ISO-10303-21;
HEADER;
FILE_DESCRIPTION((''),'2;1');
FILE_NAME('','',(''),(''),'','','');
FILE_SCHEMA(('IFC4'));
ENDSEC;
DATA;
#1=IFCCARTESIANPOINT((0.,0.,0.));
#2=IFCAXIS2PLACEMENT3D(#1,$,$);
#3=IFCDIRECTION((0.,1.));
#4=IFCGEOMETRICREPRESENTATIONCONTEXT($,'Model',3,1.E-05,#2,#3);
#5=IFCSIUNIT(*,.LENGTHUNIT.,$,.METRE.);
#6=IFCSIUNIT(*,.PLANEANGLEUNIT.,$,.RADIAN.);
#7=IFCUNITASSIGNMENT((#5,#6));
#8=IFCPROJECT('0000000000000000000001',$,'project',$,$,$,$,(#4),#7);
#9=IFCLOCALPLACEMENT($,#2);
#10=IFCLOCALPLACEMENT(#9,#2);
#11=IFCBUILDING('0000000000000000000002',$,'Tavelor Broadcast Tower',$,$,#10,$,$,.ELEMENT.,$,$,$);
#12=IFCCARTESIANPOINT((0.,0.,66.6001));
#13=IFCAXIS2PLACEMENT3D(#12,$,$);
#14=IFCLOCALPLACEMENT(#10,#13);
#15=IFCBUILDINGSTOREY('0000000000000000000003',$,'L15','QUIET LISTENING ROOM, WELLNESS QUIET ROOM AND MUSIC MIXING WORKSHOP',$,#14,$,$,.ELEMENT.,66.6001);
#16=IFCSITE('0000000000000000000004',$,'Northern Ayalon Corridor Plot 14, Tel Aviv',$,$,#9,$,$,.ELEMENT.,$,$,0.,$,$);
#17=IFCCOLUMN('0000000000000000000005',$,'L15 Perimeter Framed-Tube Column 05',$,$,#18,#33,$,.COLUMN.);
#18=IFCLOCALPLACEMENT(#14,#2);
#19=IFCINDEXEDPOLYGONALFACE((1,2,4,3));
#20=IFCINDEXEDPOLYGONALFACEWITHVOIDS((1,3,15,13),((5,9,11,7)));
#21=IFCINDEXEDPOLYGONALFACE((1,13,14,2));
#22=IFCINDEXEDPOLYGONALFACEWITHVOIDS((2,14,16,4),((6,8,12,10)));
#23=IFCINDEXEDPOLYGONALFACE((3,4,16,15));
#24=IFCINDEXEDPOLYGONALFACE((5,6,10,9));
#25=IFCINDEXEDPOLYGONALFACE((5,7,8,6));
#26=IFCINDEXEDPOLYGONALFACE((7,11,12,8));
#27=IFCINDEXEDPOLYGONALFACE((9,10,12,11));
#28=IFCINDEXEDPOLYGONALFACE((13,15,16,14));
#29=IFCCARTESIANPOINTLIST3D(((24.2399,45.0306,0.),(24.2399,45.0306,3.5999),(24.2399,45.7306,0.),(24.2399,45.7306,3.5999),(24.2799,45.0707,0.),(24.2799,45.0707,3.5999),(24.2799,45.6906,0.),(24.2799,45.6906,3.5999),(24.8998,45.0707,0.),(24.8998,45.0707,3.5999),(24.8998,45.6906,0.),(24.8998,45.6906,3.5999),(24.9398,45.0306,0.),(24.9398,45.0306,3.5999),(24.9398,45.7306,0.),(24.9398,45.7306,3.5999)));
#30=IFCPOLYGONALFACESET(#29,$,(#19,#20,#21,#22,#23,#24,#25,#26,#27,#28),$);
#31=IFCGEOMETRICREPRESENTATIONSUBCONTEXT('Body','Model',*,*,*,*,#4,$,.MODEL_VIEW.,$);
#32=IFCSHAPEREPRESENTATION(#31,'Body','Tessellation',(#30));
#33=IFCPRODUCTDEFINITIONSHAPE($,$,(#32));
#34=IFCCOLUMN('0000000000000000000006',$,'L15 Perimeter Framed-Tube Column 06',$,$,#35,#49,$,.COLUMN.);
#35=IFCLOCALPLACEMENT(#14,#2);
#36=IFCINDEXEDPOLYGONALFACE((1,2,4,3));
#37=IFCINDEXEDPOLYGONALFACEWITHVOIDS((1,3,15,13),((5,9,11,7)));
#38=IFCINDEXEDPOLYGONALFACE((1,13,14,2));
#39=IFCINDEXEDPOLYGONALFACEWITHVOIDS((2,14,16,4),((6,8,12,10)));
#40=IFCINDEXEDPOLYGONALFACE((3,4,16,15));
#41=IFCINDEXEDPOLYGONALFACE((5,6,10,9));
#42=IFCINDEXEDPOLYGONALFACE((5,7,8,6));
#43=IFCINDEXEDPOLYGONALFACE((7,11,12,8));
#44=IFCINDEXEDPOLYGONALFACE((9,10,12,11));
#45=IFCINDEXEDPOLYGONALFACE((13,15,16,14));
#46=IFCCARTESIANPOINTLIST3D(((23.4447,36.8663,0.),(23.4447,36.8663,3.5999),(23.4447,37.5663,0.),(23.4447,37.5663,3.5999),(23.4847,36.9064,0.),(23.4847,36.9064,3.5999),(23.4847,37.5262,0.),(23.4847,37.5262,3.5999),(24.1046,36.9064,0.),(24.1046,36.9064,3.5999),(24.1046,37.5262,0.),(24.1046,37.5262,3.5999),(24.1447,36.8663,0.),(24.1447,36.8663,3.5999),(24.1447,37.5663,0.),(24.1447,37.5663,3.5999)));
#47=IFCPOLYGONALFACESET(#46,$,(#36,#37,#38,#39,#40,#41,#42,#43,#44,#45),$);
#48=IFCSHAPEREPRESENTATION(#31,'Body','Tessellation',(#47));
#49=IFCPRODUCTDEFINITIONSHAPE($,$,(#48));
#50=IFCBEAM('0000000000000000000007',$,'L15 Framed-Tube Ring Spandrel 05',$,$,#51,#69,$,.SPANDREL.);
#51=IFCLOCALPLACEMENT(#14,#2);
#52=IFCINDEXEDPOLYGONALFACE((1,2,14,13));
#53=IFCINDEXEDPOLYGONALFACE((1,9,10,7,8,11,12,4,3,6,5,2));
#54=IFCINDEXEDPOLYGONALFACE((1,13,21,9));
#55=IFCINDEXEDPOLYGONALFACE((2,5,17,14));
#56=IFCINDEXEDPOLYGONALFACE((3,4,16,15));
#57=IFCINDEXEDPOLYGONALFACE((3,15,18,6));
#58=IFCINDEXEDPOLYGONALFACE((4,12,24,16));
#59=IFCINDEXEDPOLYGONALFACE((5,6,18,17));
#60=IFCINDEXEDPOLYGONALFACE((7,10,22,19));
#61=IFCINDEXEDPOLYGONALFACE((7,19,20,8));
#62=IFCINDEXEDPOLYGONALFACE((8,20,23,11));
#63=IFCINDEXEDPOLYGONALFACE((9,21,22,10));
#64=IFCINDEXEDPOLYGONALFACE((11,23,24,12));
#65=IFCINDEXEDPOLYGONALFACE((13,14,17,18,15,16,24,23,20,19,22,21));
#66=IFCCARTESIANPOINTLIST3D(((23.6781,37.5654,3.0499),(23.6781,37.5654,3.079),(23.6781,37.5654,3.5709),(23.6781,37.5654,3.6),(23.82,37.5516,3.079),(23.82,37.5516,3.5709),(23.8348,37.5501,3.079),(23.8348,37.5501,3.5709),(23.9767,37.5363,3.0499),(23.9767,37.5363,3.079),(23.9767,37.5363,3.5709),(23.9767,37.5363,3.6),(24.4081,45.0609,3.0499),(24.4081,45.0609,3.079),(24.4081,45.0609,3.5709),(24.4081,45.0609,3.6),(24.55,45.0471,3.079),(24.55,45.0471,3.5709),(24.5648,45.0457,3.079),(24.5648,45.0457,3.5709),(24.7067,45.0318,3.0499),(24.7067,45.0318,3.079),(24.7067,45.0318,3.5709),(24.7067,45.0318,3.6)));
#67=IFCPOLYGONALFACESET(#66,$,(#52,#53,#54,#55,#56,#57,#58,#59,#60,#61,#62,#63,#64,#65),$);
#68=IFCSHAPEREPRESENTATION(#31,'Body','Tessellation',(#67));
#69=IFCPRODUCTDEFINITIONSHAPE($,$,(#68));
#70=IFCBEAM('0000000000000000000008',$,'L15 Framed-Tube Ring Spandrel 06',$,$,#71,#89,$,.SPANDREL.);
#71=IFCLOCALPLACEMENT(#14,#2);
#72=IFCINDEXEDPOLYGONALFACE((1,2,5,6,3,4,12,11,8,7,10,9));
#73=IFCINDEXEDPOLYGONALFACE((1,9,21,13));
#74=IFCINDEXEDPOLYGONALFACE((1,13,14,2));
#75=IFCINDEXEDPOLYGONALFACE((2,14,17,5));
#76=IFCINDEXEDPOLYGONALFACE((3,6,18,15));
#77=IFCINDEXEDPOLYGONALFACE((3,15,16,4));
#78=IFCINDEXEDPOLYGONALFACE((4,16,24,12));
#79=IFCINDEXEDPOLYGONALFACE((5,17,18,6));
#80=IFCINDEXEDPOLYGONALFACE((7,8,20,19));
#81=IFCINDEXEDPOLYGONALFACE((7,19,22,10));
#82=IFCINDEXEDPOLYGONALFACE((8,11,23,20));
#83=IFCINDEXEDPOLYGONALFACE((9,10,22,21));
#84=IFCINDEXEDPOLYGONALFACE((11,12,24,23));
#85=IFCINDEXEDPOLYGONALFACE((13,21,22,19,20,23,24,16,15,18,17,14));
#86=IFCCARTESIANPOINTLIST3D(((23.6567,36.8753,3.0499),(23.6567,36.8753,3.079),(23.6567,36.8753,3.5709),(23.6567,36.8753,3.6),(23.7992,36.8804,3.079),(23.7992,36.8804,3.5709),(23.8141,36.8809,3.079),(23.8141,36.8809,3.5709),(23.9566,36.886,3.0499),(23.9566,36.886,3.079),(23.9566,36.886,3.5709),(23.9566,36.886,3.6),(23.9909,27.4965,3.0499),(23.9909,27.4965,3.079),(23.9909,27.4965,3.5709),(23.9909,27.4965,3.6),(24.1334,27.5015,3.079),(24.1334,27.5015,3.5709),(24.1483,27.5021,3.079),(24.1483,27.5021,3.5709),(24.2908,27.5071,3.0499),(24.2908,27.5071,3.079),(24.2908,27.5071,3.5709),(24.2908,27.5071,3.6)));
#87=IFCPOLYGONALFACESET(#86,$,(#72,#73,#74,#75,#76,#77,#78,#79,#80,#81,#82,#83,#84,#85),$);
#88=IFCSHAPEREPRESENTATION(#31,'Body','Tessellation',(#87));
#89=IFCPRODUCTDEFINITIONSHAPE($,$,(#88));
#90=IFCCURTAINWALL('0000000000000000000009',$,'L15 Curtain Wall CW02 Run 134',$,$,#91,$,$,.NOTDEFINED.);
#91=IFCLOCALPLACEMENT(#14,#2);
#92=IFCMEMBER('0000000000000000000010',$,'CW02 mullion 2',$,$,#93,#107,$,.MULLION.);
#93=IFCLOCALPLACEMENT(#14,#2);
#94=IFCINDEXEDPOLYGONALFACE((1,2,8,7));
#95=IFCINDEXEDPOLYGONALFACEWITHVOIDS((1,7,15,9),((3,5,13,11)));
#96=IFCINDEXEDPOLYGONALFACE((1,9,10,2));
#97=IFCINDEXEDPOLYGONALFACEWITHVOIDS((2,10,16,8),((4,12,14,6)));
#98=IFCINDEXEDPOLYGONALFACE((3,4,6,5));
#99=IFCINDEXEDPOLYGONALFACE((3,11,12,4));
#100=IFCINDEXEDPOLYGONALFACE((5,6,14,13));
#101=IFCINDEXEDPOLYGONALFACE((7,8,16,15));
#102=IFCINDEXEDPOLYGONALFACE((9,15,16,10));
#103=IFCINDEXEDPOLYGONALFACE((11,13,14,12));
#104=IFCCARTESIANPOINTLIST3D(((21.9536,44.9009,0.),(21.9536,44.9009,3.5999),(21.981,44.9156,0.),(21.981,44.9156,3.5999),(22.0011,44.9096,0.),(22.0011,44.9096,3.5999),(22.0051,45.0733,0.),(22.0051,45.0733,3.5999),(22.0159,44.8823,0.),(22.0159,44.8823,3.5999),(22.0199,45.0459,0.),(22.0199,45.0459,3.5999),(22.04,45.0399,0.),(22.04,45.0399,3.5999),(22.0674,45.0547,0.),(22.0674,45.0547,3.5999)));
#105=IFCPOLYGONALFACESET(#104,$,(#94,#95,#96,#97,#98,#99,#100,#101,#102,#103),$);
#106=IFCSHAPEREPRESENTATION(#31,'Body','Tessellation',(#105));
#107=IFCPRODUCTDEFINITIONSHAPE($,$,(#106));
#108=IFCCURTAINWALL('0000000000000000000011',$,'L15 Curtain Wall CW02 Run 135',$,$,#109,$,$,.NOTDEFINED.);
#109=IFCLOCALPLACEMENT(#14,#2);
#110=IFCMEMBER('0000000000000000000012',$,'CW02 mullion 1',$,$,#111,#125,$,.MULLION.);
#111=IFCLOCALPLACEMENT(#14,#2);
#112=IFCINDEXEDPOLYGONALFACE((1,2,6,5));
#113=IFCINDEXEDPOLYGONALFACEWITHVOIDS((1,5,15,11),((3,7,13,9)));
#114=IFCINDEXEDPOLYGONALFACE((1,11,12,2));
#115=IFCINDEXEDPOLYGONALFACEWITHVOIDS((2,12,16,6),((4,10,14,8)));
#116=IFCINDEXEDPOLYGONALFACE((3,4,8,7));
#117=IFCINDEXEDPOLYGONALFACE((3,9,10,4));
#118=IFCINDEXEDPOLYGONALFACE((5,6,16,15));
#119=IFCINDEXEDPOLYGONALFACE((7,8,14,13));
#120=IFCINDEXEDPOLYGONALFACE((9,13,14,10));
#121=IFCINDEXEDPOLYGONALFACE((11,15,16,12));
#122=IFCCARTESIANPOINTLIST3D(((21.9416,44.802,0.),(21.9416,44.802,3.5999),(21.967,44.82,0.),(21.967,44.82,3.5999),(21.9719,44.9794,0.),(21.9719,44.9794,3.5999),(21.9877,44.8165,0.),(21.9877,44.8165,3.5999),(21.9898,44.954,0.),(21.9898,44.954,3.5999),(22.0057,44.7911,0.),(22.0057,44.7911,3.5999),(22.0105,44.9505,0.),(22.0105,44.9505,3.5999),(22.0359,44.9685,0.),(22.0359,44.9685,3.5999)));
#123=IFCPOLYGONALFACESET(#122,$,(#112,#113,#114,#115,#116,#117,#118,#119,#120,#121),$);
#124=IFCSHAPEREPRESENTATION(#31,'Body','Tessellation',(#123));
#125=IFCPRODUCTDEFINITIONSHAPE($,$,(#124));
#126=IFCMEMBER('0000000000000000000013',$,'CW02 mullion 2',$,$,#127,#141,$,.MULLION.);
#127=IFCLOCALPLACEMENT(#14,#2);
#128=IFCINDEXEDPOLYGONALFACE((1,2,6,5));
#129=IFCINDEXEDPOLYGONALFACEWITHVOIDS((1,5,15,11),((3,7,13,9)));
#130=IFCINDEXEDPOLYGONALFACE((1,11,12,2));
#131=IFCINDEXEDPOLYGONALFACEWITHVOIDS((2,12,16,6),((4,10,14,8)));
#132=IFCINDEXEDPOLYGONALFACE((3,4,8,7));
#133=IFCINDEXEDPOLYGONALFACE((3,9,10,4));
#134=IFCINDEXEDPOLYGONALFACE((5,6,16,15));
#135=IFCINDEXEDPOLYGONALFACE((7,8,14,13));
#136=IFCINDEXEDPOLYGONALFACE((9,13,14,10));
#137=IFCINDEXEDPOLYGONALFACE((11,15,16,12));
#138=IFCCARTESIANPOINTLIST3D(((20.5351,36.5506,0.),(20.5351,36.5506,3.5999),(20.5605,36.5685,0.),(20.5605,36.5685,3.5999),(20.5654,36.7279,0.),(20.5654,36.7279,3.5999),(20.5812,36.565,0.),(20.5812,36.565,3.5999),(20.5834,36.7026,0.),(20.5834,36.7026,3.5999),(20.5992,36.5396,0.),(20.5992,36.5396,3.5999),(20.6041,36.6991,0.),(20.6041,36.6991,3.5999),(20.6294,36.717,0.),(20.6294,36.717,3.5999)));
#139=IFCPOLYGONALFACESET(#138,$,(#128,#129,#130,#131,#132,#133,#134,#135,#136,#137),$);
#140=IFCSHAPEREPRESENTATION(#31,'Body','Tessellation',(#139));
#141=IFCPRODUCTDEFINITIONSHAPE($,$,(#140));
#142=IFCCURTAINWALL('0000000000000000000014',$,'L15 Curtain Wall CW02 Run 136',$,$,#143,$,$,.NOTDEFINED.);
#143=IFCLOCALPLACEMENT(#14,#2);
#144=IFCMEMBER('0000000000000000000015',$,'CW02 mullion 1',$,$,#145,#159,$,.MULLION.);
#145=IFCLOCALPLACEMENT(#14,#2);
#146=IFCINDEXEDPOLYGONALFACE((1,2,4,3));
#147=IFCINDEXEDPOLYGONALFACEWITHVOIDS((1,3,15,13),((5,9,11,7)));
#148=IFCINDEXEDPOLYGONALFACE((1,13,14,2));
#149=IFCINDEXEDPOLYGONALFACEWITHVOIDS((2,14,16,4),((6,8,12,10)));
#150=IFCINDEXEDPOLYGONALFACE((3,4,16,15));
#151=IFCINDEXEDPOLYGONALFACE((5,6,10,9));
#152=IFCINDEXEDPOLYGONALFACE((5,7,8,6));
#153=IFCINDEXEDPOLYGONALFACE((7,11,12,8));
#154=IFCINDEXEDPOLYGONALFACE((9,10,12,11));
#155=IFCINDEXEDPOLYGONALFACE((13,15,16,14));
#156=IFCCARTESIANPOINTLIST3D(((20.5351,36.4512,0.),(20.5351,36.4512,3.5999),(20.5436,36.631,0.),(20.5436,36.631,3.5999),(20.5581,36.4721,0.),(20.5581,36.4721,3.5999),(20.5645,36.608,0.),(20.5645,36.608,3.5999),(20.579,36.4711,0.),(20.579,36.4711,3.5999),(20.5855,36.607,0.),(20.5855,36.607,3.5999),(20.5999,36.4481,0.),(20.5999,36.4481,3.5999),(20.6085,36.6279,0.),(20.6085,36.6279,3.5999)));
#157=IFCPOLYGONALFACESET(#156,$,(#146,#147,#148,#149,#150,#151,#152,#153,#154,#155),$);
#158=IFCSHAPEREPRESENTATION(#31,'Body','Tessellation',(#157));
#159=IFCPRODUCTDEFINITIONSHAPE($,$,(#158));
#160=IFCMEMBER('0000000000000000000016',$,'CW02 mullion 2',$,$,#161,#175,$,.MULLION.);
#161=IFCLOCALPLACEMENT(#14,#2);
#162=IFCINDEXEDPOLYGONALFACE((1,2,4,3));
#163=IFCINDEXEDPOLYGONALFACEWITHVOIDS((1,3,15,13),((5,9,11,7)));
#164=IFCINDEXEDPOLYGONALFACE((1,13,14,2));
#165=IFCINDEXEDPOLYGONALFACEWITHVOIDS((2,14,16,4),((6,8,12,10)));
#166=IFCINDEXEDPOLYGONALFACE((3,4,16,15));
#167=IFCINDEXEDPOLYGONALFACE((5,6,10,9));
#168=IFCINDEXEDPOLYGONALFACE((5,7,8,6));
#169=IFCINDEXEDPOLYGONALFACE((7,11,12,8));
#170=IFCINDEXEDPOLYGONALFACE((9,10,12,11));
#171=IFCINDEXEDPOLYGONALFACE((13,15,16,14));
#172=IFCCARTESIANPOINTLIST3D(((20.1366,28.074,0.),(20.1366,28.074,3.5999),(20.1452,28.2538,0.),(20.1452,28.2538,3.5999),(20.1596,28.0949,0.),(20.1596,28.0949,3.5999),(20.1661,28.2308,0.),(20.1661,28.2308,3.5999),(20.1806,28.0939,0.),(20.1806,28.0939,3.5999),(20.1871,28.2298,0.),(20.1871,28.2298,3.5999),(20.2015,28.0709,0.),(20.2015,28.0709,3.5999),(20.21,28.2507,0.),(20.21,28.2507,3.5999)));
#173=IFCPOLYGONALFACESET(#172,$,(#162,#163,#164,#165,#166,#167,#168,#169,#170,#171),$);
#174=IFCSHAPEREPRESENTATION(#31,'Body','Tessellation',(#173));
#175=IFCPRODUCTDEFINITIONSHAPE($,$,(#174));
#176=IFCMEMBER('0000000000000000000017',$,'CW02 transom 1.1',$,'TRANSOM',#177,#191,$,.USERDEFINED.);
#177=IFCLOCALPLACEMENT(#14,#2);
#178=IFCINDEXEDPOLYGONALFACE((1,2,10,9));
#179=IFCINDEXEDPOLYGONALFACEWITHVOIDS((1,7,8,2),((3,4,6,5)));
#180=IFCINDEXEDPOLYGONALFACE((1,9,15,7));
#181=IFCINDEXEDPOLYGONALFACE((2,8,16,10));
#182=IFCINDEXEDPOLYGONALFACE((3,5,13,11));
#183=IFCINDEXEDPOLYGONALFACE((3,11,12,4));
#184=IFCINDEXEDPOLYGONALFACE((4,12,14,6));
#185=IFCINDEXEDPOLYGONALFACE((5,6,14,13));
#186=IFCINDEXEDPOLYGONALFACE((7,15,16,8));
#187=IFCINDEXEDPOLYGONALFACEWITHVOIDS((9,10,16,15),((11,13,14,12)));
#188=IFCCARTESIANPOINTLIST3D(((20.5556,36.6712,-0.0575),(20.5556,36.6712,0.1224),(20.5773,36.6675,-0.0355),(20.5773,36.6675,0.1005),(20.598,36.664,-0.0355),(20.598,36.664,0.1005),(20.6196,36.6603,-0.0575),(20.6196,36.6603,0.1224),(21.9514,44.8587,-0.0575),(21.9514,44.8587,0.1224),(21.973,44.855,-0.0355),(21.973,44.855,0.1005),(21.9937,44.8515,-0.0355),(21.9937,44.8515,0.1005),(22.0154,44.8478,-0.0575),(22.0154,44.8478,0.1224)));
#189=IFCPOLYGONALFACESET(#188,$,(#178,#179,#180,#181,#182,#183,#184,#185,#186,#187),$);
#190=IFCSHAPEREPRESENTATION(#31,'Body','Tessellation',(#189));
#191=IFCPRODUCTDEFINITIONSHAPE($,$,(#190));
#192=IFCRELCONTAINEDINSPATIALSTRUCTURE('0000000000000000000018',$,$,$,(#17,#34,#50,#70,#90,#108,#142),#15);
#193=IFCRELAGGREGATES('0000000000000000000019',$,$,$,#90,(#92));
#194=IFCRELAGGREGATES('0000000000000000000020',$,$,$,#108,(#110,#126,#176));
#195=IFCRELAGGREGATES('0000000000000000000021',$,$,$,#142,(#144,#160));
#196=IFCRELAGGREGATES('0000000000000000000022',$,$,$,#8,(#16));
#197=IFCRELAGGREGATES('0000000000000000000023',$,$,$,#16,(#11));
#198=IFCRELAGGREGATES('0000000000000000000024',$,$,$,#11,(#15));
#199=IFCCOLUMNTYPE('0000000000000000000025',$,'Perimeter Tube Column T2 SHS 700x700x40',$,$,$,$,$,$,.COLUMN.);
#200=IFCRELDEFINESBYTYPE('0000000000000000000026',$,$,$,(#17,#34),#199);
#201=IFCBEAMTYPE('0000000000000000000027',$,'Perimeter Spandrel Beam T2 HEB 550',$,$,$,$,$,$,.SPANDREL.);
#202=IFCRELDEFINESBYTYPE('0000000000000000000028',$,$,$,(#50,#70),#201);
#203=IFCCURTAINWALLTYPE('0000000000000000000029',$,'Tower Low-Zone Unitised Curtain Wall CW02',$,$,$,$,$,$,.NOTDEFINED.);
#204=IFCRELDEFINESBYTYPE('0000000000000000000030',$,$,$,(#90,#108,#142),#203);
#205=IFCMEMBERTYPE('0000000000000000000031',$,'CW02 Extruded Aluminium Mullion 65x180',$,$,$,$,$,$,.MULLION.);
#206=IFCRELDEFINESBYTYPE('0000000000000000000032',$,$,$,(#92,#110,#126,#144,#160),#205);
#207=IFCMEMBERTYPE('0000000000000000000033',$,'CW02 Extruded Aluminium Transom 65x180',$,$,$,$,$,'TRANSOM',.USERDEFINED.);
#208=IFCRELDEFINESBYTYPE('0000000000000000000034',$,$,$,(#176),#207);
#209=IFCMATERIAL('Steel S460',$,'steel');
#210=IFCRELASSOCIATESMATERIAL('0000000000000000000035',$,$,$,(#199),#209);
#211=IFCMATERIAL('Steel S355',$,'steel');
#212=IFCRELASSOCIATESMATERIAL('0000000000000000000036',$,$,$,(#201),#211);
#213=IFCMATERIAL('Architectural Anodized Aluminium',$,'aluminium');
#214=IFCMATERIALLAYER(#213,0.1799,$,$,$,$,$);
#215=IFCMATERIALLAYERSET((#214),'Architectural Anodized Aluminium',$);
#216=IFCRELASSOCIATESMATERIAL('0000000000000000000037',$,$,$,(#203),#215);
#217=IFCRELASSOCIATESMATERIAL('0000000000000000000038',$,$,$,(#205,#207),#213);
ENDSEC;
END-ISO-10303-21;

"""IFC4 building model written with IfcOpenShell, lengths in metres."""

from ifc_helpers import new_model, si_unit, direction, frame, origin, origin_2d, place, context, subcontext, project, spatial, hollow_rectangle, i_section, extrude, source, transform, mapped, material, layer, layer_set, material_profile, profile_set, type_object, type_shapes, element, aggregate, save


model = new_model("IFC4")

# Units and contexts
model_context = context("Model", 3, precision=1e-05, world=origin(), true_north=direction((0.0, 1.0)))
body_context = subcontext(model_context, "Body", "Model", "MODEL_VIEW")
ifc_project = project(units=[si_unit("LENGTHUNIT", "METRE"), si_unit("PLANEANGLEUNIT", "RADIAN")], contexts=[model_context])

# Site, building, storey
site_placement = place(None, origin())
site = spatial("IfcSite", under=ifc_project, at=site_placement, Name="Northern Ayalon Corridor Plot 14, Tel Aviv", CompositionType="ELEMENT", RefElevation=0.0)
building_placement = place(site_placement, origin())
building = spatial("IfcBuilding", under=site, at=building_placement, Name="Tavelor Broadcast Tower", CompositionType="ELEMENT")
storey_placement = place(building_placement, frame((0.0, 0.0, 66.6001)))
storey = spatial("IfcBuildingStorey", under=building, at=storey_placement, Name="L15", Description="QUIET LISTENING ROOM, WELLNESS QUIET ROOM AND MUSIC MIXING WORKSHOP", CompositionType="ELEMENT", Elevation=66.6001)

# Columns
ifc_material_1 = material(Name="Steel S460", Category="steel")
ifc_material_profile_1 = material_profile(ifc_material_1, hollow_rectangle(XDim=0.7, YDim=0.7, WallThickness=0.04, at=origin_2d()), Name="SHS 700x700x40")
ifc_profile_set_1 = profile_set([ifc_material_profile_1], Name="Steel S460")
column_type = type_object("IfcColumnType", Name="Perimeter Tube Column T2 SHS 700x700x40", PredefinedType="COLUMN", material=ifc_profile_set_1)
for number, where, z_axis, x_axis, name in (
    (1, (24.5898, 45.3806, 0.0), (0.0, 0.0, 1.0), (1.0, 0.0, 0.0), "L15 Perimeter Framed-Tube Column 05"),
    (2, (23.7947, 37.2163, 0.0), (0.0, 0.0, 1.0), (1.0, 0.0, 0.0), "L15 Perimeter Framed-Tube Column 06"),
):
    element("IfcColumn", number, at=place(storey_placement, frame(where, z_axis=z_axis, x_axis=x_axis)), inside=storey, type_object=column_type, Name=name, PredefinedType="COLUMN", context=body_context, shape_type="SweptSolid", body=[
        extrude(hollow_rectangle(XDim=0.7, YDim=0.7, WallThickness=0.04, at=origin_2d()), origin(), (0.0, 0.0, 1.0), 3.5999),
    ])

# Beams
ifc_material_2 = material(Name="Steel S355", Category="steel")
ifc_material_profile_2 = material_profile(ifc_material_2, i_section(OverallWidth=0.3, OverallDepth=0.55, WebThickness=0.0149, FlangeThickness=0.0291, at=origin_2d()), Name="HEB 550")
ifc_profile_set_2 = profile_set([ifc_material_profile_2], Name="Steel S355")
beam_type = type_object("IfcBeamType", Name="Perimeter Spandrel Beam T2 HEB 550", PredefinedType="SPANDREL", material=ifc_profile_set_2)
beam_1_placement = place(storey_placement, frame((24.5574, 45.0464, 3.325), z_axis=(-0.096929, -0.995291, 0.0), x_axis=(0.995291, -0.096929, 0.0)))
element("IfcBeam", 3, at=beam_1_placement, inside=storey, type_object=beam_type, Name="L15 Framed-Tube Ring Spandrel 05", PredefinedType="SPANDREL", context=body_context, shape_type="SweptSolid", body=[
    extrude(i_section(OverallWidth=0.3, OverallDepth=0.55, WebThickness=0.0149, FlangeThickness=0.0291, at=origin_2d()), origin(), (0.0, 0.0, 1.0), 7.531),
])
beam_2_placement = place(storey_placement, frame((23.8066, 36.8806, 3.325), z_axis=(0.035614, -0.999366, 0.0), x_axis=(0.999366, 0.035614, 0.0)))
element("IfcBeam", 4, at=beam_2_placement, inside=storey, type_object=beam_type, Name="L15 Framed-Tube Ring Spandrel 06", PredefinedType="SPANDREL", context=body_context, shape_type="SweptSolid", body=[
    extrude(i_section(OverallWidth=0.3, OverallDepth=0.55, WebThickness=0.0149, FlangeThickness=0.0291, at=origin_2d()), origin(), (0.0, 0.0, 1.0), 9.3848),
])

# Curtain wall, member
ifc_material_3 = material(Name="Architectural Anodized Aluminium", Category="aluminium")
ifc_layer_1 = layer(ifc_material_3, 0.1799)
ifc_layer_set_1 = layer_set([ifc_layer_1], Name="Architectural Anodized Aluminium")
curtain_wall_type = type_object("IfcCurtainWallType", Name="Tower Low-Zone Unitised Curtain Wall CW02", PredefinedType="NOTDEFINED", material=ifc_layer_set_1)
curtain_wall_1_placement = place(storey_placement, origin())
curtain_wall_1 = element("IfcCurtainWall", 5, at=curtain_wall_1_placement, inside=storey, type_object=curtain_wall_type, Name="L15 Curtain Wall CW02 Run 134", PredefinedType="NOTDEFINED")
ifc_material_profile_3 = material_profile(ifc_material_3, hollow_rectangle(XDim=0.0649, YDim=0.1799, WallThickness=0.022, at=origin_2d()), Name="RHS 65x180x22")
ifc_profile_set_3 = profile_set([ifc_material_profile_3], Name="Architectural Anodized Aluminium")
member_type_1 = type_object("IfcMemberType", Name="CW02 Extruded Aluminium Mullion 65x180", PredefinedType="MULLION", material=ifc_profile_set_3)
shared_shape_1 = source(origin(), body_context, "Body", "SweptSolid", [
    extrude(hollow_rectangle(XDim=0.0649, YDim=0.1799, WallThickness=0.022, at=origin_2d()), origin(), (0.0, 0.0, 1.0), 3.5999),
])
type_shapes(member_type_1, [shared_shape_1])
member_1_placement = place(storey_placement, frame((22.0105, 44.9778, 0.0), z_axis=(0.0, 0.0, 1.0), x_axis=(0.958201, -0.286097, 0.0)))
member_1 = element("IfcMember", 6, at=member_1_placement, type_object=member_type_1, Name="CW02 mullion 2", PredefinedType="MULLION", context=body_context, shape_type="MappedRepresentation", body=[
    mapped(shared_shape_1, transform((0.0, 0.0, 0.0), scale=1.0)),
])
aggregate(curtain_wall_1, [member_1])

# Curtain walls, members
curtain_wall_2_placement = place(storey_placement, origin())
curtain_wall_2 = element("IfcCurtainWall", 7, at=curtain_wall_2_placement, inside=storey, type_object=curtain_wall_type, Name="L15 Curtain Wall CW02 Run 135", PredefinedType="NOTDEFINED")
member_2_placement = place(storey_placement, frame((21.9888, 44.8853, 0.0), z_axis=(0.0, 0.0, 1.0), x_axis=(0.985778, -0.16805, 0.0)))
member_2 = element("IfcMember", 8, at=member_2_placement, type_object=member_type_1, Name="CW02 mullion 1", PredefinedType="MULLION", context=body_context, shape_type="MappedRepresentation", body=[
    mapped(shared_shape_1, transform((0.0, 0.0, 0.0), scale=1.0)),
])
member_3_placement = place(storey_placement, frame((20.5823, 36.6338, 0.0), z_axis=(0.0, 0.0, 1.0), x_axis=(0.985778, -0.16805, 0.0)))
member_3 = element("IfcMember", 9, at=member_3_placement, type_object=member_type_1, Name="CW02 mullion 2", PredefinedType="MULLION", context=body_context, shape_type="MappedRepresentation", body=[
    mapped(shared_shape_1, transform((0.0, 0.0, 0.0), scale=1.0)),
])
curtain_wall_3_placement = place(storey_placement, origin())
curtain_wall_3 = element("IfcCurtainWall", 10, at=curtain_wall_3_placement, inside=storey, type_object=curtain_wall_type, Name="L15 Curtain Wall CW02 Run 136", PredefinedType="NOTDEFINED")
member_4_placement = place(storey_placement, frame((20.5718, 36.5396, 0.0), z_axis=(0.0, 0.0, 1.0), x_axis=(0.99887, -0.047517, 0.0)))
member_4 = element("IfcMember", 11, at=member_4_placement, type_object=member_type_1, Name="CW02 mullion 1", PredefinedType="MULLION", context=body_context, shape_type="MappedRepresentation", body=[
    mapped(shared_shape_1, transform((0.0, 0.0, 0.0), scale=1.0)),
])
member_5_placement = place(storey_placement, frame((20.1733, 28.1624, 0.0), z_axis=(0.0, 0.0, 1.0), x_axis=(0.99887, -0.047517, 0.0)))
member_5 = element("IfcMember", 12, at=member_5_placement, type_object=member_type_1, Name="CW02 mullion 2", PredefinedType="MULLION", context=body_context, shape_type="MappedRepresentation", body=[
    mapped(shared_shape_1, transform((0.0, 0.0, 0.0), scale=1.0)),
])

# Member
ifc_material_profile_4 = material_profile(ifc_material_3, hollow_rectangle(XDim=0.0649, YDim=0.1799, WallThickness=0.022, at=origin_2d()), Name="RHS 65x180x22")
ifc_profile_set_4 = profile_set([ifc_material_profile_4], Name="Architectural Anodized Aluminium")
member_type_2 = type_object("IfcMemberType", Name="CW02 Extruded Aluminium Transom 65x180", ElementType="TRANSOM", PredefinedType="USERDEFINED", material=ifc_profile_set_4)
shared_shape_2 = source(origin(), body_context, "Body", "SweptSolid", [
    extrude(hollow_rectangle(XDim=0.0649, YDim=0.1799, WallThickness=0.022, at=origin_2d()), origin(), (0.0, 0.0, 1.0), 8.3057),
])
member_6_placement = place(storey_placement, frame((21.9834, 44.8533, 0.0325), z_axis=(-0.168049, -0.985779, 0.0), x_axis=(0.985779, -0.168049, 0.0)))
member_6 = element("IfcMember", 13, at=member_6_placement, type_object=member_type_2, Name="CW02 transom 1.1", ObjectType="TRANSOM", PredefinedType="USERDEFINED", context=body_context, shape_type="MappedRepresentation", body=[
    mapped(shared_shape_2, transform((0.0, 0.0, 0.0), scale=1.0)),
])

aggregate(curtain_wall_2, [member_2, member_3, member_6])
aggregate(curtain_wall_3, [member_4, member_5])

save(model, "model.ifc")
